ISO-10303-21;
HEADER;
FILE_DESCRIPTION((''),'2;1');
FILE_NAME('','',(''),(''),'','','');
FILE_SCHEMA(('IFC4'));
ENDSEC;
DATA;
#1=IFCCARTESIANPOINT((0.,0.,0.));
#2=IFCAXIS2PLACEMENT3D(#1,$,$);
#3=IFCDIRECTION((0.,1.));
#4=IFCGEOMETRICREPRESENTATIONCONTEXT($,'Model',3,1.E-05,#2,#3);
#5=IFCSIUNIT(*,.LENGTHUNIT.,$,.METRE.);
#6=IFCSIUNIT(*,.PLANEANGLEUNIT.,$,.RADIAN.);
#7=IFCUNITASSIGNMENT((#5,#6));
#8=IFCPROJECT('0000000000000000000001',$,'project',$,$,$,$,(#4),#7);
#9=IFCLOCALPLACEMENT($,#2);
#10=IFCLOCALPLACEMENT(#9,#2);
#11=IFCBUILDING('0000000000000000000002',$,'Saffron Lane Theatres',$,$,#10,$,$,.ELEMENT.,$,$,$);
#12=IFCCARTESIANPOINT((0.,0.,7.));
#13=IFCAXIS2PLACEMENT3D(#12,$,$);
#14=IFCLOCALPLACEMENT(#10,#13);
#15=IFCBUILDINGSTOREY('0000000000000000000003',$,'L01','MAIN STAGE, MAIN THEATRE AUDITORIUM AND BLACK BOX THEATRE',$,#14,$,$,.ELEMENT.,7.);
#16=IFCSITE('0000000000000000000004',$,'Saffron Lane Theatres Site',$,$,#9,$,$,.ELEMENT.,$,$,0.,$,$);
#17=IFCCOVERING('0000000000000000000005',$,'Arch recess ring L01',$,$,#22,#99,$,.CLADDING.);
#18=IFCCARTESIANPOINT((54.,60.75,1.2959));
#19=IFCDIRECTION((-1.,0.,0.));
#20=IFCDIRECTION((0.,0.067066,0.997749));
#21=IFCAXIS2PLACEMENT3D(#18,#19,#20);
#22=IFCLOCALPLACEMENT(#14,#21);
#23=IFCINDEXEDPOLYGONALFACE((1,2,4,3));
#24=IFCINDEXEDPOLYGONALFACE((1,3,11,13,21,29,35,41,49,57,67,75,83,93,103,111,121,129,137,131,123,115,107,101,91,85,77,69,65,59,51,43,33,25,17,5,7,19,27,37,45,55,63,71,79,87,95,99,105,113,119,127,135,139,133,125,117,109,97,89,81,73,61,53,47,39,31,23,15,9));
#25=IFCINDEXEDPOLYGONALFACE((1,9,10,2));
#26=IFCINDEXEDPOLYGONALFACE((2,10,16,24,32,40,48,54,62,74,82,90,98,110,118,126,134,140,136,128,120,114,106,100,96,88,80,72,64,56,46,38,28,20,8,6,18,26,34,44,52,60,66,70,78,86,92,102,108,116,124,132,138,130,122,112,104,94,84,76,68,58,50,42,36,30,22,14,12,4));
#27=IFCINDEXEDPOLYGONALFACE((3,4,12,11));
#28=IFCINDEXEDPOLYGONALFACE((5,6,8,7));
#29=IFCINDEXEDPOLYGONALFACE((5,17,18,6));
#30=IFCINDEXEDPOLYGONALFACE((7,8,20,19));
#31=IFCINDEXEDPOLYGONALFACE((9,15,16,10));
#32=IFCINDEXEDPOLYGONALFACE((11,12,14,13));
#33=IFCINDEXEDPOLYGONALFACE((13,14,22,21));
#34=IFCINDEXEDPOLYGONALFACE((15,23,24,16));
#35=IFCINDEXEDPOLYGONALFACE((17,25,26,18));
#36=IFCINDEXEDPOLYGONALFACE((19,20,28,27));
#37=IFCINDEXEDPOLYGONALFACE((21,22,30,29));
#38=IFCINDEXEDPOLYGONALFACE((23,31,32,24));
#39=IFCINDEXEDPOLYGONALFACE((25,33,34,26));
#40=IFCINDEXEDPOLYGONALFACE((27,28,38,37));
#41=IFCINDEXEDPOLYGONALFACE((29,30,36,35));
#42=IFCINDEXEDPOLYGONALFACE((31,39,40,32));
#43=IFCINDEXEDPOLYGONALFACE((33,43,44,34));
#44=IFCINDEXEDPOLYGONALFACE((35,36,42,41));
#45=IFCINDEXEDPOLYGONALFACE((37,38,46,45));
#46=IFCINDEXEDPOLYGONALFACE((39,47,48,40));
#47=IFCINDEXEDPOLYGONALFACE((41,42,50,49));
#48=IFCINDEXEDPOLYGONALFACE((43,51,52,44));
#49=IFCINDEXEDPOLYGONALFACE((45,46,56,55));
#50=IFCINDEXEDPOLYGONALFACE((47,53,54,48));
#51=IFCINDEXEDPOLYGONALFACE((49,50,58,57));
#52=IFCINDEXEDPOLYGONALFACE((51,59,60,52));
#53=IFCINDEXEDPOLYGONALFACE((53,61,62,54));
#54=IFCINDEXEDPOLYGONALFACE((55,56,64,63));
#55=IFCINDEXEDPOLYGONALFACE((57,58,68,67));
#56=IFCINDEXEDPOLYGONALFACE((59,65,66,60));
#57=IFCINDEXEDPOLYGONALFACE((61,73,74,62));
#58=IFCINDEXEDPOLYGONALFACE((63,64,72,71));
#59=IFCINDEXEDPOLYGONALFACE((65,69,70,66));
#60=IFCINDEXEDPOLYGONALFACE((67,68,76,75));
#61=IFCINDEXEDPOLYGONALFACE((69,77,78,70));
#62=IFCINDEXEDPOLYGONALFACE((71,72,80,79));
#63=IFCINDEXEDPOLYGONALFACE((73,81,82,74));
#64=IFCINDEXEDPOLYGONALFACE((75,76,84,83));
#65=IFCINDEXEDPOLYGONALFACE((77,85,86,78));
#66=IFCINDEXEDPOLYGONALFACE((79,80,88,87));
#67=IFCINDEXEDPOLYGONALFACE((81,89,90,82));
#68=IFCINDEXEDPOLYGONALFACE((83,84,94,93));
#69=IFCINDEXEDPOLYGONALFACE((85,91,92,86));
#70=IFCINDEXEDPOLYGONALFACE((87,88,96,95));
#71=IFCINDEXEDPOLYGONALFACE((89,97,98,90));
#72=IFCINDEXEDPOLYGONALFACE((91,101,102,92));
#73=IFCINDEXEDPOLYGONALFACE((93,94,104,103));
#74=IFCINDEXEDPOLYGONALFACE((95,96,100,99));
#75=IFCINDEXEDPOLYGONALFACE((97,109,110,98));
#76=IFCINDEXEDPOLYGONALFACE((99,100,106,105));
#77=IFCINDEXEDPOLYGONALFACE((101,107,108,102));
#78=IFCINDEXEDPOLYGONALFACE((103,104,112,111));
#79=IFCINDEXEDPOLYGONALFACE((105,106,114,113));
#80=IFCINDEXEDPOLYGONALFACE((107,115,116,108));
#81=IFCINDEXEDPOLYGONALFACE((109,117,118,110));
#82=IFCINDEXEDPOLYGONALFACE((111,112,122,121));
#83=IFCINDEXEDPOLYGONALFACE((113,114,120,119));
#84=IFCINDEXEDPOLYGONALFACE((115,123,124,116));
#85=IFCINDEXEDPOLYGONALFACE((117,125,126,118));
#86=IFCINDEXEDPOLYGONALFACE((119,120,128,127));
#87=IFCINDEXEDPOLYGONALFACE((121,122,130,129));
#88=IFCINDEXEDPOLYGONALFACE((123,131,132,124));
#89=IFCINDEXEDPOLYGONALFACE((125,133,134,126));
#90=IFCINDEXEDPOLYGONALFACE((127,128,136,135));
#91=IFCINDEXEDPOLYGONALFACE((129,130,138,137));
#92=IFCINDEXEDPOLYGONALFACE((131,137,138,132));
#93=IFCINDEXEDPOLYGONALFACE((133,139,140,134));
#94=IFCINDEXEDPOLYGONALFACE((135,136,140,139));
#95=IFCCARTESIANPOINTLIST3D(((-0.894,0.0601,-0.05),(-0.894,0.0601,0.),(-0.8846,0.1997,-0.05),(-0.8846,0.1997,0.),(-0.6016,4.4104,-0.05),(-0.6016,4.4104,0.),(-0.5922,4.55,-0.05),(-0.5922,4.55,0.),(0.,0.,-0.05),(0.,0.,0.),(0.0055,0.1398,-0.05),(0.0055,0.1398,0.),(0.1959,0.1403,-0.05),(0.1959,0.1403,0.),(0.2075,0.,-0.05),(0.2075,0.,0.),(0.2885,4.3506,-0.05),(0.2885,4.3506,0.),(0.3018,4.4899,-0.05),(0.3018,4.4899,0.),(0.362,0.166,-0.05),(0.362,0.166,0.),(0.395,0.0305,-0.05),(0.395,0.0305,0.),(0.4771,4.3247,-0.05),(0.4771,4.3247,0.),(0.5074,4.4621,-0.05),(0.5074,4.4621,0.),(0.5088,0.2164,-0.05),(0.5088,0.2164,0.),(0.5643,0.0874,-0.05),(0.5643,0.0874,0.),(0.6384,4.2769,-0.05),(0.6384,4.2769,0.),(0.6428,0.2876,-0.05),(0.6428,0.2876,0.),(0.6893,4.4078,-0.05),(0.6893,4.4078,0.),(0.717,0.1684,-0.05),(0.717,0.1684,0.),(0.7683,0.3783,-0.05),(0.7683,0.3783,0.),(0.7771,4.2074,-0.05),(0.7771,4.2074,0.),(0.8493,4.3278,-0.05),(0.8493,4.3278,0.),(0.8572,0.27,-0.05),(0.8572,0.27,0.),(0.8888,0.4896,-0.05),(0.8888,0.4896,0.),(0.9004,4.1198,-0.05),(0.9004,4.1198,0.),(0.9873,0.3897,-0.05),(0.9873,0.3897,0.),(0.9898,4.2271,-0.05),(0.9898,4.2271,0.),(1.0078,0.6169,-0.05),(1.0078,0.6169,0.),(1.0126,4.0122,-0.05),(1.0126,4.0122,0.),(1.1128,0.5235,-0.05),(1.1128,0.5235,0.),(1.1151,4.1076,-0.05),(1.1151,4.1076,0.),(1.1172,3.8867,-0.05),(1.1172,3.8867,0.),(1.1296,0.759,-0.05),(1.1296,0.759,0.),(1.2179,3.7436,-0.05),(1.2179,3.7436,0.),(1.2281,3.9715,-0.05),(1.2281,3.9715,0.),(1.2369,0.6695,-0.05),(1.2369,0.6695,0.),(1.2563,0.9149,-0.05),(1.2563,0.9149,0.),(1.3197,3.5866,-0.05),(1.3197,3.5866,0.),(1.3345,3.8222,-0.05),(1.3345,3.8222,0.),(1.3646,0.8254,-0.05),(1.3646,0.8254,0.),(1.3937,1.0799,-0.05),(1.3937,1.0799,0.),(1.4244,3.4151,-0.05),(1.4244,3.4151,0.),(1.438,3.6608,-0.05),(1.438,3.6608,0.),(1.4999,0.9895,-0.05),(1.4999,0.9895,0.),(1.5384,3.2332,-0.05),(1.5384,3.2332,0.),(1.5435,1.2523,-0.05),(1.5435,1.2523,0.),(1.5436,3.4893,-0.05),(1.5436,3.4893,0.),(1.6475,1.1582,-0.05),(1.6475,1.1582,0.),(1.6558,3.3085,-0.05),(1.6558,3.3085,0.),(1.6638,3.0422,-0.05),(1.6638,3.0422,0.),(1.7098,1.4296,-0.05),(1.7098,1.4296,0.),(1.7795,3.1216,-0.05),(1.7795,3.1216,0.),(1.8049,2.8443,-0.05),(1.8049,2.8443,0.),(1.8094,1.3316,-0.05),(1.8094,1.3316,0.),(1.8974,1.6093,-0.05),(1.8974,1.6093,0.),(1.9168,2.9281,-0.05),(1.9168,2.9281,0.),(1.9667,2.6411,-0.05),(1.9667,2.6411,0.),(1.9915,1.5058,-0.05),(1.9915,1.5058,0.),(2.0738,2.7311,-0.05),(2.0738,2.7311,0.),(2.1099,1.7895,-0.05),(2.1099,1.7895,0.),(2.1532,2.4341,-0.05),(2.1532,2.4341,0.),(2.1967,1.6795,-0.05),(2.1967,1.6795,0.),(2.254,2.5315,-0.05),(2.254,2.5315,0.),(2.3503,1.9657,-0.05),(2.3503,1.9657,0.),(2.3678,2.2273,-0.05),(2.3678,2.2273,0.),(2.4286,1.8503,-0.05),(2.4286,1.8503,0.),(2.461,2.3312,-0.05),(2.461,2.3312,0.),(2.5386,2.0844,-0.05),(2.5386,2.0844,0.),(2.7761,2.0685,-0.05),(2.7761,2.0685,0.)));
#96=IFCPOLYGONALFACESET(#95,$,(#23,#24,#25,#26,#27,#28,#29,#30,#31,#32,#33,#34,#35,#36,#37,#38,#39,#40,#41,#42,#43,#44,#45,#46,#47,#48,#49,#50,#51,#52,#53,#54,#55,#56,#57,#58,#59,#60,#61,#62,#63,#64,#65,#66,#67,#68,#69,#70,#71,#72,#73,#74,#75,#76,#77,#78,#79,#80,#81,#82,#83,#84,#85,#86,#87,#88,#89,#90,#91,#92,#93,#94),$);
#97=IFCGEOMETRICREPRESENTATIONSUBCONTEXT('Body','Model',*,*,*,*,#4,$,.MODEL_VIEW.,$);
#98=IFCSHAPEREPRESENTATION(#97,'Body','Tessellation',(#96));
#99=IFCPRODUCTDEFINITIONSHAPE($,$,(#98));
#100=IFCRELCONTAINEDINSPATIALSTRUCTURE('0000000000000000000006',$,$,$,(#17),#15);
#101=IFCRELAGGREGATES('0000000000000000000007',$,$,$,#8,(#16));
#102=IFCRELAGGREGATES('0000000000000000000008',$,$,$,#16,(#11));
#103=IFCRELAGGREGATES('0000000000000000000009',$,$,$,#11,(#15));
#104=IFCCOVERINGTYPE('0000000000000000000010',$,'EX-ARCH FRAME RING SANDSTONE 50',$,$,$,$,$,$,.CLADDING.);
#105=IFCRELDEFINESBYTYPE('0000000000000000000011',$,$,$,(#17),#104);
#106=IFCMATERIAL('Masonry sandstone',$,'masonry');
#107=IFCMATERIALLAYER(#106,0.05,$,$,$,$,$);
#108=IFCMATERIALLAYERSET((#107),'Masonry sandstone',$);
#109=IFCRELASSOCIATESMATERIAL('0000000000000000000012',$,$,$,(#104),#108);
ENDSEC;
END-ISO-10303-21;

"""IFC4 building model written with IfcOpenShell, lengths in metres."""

from ifc_helpers import new_model, si_unit, direction, frame, origin, place, context, subcontext, project, spatial, polyline, outline, extrude, material, layer, layer_set, type_object, element, save


model = new_model("IFC4")

# Units and contexts
model_context = context("Model", 3, precision=1e-05, world=origin(), true_north=direction((0.0, 1.0)))
body_context = subcontext(model_context, "Body", "Model", "MODEL_VIEW")
ifc_project = project(units=[si_unit("LENGTHUNIT", "METRE"), si_unit("PLANEANGLEUNIT", "RADIAN")], contexts=[model_context])

# Site, building, storey
site_placement = place(None, origin())
site = spatial("IfcSite", under=ifc_project, at=site_placement, Name="Saffron Lane Theatres Site", CompositionType="ELEMENT", RefElevation=0.0)
building_placement = place(site_placement, origin())
building = spatial("IfcBuilding", under=site, at=building_placement, Name="Saffron Lane Theatres", CompositionType="ELEMENT")
storey_placement = place(building_placement, frame((0.0, 0.0, 7.0)))
storey = spatial("IfcBuildingStorey", under=building, at=storey_placement, Name="L01", Description="MAIN STAGE, MAIN THEATRE AUDITORIUM AND BLACK BOX THEATRE", CompositionType="ELEMENT", Elevation=7.0)

# Covering
ifc_material_1 = material(Name="Masonry sandstone", Category="masonry")
ifc_layer_1 = layer(ifc_material_1, 0.05)
ifc_layer_set_1 = layer_set([ifc_layer_1], Name="Masonry sandstone")
covering_type_1 = type_object("IfcCoveringType", Name="EX-ARCH FRAME RING SANDSTONE 50", PredefinedType="CLADDING", material=ifc_layer_set_1)
covering_1_placement = place(storey_placement, frame((54.0, 60.75, 1.2959), z_axis=(-1.0, 0.0, 0.0), x_axis=(0.0, 0.067066, 0.997749)))
element("IfcCovering", 1, at=covering_1_placement, inside=storey, type_object=covering_type_1, Name="Arch recess ring L01", PredefinedType="CLADDING", context=body_context, shape_type="SweptSolid", body=[
    extrude(outline(polyline([(0.0, 0.0), (0.2075, 0.0), (0.395, 0.0305), (0.5643, 0.0874), (0.717, 0.1684), (0.8572, 0.27), (0.9873, 0.3897), (1.1128, 0.5235), (1.2369, 0.6695), (1.3646, 0.8254), (1.4999, 0.9895), (1.6475, 1.1582), (1.8094, 1.3316), (1.9915, 1.5058), (2.1967, 1.6795), (2.4286, 1.8503), (2.7761, 2.0685), (2.461, 2.3312), (2.254, 2.5315), (2.0738, 2.7311), (1.9168, 2.9281), (1.7795, 3.1216), (1.6558, 3.3085), (1.5436, 3.4893), (1.438, 3.6608), (1.3345, 3.8222), (1.2281, 3.9715), (1.1151, 4.1076), (0.9898, 4.2271), (0.8493, 4.3278), (0.6893, 4.4078), (0.5074, 4.4621), (0.3018, 4.4899), (-0.5922, 4.55), (-0.6016, 4.4104), (0.2885, 4.3506), (0.4771, 4.3247), (0.6384, 4.2769), (0.7771, 4.2074), (0.9004, 4.1198), (1.0126, 4.0122), (1.1172, 3.8867), (1.2179, 3.7436), (1.3197, 3.5866), (1.4244, 3.4151), (1.5384, 3.2332), (1.6638, 3.0422), (1.8049, 2.8443), (1.9667, 2.6411), (2.1532, 2.4341), (2.3678, 2.2273), (2.5386, 2.0844), (2.3503, 1.9657), (2.1099, 1.7895), (1.8974, 1.6093), (1.7098, 1.4296), (1.5435, 1.2523), (1.3937, 1.0799), (1.2563, 0.9149), (1.1296, 0.759), (1.0078, 0.6169), (0.8888, 0.4896), (0.7683, 0.3783), (0.6428, 0.2876), (0.5088, 0.2164), (0.362, 0.166), (0.1959, 0.1403), (0.0055, 0.1398), (-0.8846, 0.1997), (-0.894, 0.0601), (0.0, 0.0)])), origin(), (0.0, 0.0, -1.0), 0.05),
])

save(model, "model.ifc")
